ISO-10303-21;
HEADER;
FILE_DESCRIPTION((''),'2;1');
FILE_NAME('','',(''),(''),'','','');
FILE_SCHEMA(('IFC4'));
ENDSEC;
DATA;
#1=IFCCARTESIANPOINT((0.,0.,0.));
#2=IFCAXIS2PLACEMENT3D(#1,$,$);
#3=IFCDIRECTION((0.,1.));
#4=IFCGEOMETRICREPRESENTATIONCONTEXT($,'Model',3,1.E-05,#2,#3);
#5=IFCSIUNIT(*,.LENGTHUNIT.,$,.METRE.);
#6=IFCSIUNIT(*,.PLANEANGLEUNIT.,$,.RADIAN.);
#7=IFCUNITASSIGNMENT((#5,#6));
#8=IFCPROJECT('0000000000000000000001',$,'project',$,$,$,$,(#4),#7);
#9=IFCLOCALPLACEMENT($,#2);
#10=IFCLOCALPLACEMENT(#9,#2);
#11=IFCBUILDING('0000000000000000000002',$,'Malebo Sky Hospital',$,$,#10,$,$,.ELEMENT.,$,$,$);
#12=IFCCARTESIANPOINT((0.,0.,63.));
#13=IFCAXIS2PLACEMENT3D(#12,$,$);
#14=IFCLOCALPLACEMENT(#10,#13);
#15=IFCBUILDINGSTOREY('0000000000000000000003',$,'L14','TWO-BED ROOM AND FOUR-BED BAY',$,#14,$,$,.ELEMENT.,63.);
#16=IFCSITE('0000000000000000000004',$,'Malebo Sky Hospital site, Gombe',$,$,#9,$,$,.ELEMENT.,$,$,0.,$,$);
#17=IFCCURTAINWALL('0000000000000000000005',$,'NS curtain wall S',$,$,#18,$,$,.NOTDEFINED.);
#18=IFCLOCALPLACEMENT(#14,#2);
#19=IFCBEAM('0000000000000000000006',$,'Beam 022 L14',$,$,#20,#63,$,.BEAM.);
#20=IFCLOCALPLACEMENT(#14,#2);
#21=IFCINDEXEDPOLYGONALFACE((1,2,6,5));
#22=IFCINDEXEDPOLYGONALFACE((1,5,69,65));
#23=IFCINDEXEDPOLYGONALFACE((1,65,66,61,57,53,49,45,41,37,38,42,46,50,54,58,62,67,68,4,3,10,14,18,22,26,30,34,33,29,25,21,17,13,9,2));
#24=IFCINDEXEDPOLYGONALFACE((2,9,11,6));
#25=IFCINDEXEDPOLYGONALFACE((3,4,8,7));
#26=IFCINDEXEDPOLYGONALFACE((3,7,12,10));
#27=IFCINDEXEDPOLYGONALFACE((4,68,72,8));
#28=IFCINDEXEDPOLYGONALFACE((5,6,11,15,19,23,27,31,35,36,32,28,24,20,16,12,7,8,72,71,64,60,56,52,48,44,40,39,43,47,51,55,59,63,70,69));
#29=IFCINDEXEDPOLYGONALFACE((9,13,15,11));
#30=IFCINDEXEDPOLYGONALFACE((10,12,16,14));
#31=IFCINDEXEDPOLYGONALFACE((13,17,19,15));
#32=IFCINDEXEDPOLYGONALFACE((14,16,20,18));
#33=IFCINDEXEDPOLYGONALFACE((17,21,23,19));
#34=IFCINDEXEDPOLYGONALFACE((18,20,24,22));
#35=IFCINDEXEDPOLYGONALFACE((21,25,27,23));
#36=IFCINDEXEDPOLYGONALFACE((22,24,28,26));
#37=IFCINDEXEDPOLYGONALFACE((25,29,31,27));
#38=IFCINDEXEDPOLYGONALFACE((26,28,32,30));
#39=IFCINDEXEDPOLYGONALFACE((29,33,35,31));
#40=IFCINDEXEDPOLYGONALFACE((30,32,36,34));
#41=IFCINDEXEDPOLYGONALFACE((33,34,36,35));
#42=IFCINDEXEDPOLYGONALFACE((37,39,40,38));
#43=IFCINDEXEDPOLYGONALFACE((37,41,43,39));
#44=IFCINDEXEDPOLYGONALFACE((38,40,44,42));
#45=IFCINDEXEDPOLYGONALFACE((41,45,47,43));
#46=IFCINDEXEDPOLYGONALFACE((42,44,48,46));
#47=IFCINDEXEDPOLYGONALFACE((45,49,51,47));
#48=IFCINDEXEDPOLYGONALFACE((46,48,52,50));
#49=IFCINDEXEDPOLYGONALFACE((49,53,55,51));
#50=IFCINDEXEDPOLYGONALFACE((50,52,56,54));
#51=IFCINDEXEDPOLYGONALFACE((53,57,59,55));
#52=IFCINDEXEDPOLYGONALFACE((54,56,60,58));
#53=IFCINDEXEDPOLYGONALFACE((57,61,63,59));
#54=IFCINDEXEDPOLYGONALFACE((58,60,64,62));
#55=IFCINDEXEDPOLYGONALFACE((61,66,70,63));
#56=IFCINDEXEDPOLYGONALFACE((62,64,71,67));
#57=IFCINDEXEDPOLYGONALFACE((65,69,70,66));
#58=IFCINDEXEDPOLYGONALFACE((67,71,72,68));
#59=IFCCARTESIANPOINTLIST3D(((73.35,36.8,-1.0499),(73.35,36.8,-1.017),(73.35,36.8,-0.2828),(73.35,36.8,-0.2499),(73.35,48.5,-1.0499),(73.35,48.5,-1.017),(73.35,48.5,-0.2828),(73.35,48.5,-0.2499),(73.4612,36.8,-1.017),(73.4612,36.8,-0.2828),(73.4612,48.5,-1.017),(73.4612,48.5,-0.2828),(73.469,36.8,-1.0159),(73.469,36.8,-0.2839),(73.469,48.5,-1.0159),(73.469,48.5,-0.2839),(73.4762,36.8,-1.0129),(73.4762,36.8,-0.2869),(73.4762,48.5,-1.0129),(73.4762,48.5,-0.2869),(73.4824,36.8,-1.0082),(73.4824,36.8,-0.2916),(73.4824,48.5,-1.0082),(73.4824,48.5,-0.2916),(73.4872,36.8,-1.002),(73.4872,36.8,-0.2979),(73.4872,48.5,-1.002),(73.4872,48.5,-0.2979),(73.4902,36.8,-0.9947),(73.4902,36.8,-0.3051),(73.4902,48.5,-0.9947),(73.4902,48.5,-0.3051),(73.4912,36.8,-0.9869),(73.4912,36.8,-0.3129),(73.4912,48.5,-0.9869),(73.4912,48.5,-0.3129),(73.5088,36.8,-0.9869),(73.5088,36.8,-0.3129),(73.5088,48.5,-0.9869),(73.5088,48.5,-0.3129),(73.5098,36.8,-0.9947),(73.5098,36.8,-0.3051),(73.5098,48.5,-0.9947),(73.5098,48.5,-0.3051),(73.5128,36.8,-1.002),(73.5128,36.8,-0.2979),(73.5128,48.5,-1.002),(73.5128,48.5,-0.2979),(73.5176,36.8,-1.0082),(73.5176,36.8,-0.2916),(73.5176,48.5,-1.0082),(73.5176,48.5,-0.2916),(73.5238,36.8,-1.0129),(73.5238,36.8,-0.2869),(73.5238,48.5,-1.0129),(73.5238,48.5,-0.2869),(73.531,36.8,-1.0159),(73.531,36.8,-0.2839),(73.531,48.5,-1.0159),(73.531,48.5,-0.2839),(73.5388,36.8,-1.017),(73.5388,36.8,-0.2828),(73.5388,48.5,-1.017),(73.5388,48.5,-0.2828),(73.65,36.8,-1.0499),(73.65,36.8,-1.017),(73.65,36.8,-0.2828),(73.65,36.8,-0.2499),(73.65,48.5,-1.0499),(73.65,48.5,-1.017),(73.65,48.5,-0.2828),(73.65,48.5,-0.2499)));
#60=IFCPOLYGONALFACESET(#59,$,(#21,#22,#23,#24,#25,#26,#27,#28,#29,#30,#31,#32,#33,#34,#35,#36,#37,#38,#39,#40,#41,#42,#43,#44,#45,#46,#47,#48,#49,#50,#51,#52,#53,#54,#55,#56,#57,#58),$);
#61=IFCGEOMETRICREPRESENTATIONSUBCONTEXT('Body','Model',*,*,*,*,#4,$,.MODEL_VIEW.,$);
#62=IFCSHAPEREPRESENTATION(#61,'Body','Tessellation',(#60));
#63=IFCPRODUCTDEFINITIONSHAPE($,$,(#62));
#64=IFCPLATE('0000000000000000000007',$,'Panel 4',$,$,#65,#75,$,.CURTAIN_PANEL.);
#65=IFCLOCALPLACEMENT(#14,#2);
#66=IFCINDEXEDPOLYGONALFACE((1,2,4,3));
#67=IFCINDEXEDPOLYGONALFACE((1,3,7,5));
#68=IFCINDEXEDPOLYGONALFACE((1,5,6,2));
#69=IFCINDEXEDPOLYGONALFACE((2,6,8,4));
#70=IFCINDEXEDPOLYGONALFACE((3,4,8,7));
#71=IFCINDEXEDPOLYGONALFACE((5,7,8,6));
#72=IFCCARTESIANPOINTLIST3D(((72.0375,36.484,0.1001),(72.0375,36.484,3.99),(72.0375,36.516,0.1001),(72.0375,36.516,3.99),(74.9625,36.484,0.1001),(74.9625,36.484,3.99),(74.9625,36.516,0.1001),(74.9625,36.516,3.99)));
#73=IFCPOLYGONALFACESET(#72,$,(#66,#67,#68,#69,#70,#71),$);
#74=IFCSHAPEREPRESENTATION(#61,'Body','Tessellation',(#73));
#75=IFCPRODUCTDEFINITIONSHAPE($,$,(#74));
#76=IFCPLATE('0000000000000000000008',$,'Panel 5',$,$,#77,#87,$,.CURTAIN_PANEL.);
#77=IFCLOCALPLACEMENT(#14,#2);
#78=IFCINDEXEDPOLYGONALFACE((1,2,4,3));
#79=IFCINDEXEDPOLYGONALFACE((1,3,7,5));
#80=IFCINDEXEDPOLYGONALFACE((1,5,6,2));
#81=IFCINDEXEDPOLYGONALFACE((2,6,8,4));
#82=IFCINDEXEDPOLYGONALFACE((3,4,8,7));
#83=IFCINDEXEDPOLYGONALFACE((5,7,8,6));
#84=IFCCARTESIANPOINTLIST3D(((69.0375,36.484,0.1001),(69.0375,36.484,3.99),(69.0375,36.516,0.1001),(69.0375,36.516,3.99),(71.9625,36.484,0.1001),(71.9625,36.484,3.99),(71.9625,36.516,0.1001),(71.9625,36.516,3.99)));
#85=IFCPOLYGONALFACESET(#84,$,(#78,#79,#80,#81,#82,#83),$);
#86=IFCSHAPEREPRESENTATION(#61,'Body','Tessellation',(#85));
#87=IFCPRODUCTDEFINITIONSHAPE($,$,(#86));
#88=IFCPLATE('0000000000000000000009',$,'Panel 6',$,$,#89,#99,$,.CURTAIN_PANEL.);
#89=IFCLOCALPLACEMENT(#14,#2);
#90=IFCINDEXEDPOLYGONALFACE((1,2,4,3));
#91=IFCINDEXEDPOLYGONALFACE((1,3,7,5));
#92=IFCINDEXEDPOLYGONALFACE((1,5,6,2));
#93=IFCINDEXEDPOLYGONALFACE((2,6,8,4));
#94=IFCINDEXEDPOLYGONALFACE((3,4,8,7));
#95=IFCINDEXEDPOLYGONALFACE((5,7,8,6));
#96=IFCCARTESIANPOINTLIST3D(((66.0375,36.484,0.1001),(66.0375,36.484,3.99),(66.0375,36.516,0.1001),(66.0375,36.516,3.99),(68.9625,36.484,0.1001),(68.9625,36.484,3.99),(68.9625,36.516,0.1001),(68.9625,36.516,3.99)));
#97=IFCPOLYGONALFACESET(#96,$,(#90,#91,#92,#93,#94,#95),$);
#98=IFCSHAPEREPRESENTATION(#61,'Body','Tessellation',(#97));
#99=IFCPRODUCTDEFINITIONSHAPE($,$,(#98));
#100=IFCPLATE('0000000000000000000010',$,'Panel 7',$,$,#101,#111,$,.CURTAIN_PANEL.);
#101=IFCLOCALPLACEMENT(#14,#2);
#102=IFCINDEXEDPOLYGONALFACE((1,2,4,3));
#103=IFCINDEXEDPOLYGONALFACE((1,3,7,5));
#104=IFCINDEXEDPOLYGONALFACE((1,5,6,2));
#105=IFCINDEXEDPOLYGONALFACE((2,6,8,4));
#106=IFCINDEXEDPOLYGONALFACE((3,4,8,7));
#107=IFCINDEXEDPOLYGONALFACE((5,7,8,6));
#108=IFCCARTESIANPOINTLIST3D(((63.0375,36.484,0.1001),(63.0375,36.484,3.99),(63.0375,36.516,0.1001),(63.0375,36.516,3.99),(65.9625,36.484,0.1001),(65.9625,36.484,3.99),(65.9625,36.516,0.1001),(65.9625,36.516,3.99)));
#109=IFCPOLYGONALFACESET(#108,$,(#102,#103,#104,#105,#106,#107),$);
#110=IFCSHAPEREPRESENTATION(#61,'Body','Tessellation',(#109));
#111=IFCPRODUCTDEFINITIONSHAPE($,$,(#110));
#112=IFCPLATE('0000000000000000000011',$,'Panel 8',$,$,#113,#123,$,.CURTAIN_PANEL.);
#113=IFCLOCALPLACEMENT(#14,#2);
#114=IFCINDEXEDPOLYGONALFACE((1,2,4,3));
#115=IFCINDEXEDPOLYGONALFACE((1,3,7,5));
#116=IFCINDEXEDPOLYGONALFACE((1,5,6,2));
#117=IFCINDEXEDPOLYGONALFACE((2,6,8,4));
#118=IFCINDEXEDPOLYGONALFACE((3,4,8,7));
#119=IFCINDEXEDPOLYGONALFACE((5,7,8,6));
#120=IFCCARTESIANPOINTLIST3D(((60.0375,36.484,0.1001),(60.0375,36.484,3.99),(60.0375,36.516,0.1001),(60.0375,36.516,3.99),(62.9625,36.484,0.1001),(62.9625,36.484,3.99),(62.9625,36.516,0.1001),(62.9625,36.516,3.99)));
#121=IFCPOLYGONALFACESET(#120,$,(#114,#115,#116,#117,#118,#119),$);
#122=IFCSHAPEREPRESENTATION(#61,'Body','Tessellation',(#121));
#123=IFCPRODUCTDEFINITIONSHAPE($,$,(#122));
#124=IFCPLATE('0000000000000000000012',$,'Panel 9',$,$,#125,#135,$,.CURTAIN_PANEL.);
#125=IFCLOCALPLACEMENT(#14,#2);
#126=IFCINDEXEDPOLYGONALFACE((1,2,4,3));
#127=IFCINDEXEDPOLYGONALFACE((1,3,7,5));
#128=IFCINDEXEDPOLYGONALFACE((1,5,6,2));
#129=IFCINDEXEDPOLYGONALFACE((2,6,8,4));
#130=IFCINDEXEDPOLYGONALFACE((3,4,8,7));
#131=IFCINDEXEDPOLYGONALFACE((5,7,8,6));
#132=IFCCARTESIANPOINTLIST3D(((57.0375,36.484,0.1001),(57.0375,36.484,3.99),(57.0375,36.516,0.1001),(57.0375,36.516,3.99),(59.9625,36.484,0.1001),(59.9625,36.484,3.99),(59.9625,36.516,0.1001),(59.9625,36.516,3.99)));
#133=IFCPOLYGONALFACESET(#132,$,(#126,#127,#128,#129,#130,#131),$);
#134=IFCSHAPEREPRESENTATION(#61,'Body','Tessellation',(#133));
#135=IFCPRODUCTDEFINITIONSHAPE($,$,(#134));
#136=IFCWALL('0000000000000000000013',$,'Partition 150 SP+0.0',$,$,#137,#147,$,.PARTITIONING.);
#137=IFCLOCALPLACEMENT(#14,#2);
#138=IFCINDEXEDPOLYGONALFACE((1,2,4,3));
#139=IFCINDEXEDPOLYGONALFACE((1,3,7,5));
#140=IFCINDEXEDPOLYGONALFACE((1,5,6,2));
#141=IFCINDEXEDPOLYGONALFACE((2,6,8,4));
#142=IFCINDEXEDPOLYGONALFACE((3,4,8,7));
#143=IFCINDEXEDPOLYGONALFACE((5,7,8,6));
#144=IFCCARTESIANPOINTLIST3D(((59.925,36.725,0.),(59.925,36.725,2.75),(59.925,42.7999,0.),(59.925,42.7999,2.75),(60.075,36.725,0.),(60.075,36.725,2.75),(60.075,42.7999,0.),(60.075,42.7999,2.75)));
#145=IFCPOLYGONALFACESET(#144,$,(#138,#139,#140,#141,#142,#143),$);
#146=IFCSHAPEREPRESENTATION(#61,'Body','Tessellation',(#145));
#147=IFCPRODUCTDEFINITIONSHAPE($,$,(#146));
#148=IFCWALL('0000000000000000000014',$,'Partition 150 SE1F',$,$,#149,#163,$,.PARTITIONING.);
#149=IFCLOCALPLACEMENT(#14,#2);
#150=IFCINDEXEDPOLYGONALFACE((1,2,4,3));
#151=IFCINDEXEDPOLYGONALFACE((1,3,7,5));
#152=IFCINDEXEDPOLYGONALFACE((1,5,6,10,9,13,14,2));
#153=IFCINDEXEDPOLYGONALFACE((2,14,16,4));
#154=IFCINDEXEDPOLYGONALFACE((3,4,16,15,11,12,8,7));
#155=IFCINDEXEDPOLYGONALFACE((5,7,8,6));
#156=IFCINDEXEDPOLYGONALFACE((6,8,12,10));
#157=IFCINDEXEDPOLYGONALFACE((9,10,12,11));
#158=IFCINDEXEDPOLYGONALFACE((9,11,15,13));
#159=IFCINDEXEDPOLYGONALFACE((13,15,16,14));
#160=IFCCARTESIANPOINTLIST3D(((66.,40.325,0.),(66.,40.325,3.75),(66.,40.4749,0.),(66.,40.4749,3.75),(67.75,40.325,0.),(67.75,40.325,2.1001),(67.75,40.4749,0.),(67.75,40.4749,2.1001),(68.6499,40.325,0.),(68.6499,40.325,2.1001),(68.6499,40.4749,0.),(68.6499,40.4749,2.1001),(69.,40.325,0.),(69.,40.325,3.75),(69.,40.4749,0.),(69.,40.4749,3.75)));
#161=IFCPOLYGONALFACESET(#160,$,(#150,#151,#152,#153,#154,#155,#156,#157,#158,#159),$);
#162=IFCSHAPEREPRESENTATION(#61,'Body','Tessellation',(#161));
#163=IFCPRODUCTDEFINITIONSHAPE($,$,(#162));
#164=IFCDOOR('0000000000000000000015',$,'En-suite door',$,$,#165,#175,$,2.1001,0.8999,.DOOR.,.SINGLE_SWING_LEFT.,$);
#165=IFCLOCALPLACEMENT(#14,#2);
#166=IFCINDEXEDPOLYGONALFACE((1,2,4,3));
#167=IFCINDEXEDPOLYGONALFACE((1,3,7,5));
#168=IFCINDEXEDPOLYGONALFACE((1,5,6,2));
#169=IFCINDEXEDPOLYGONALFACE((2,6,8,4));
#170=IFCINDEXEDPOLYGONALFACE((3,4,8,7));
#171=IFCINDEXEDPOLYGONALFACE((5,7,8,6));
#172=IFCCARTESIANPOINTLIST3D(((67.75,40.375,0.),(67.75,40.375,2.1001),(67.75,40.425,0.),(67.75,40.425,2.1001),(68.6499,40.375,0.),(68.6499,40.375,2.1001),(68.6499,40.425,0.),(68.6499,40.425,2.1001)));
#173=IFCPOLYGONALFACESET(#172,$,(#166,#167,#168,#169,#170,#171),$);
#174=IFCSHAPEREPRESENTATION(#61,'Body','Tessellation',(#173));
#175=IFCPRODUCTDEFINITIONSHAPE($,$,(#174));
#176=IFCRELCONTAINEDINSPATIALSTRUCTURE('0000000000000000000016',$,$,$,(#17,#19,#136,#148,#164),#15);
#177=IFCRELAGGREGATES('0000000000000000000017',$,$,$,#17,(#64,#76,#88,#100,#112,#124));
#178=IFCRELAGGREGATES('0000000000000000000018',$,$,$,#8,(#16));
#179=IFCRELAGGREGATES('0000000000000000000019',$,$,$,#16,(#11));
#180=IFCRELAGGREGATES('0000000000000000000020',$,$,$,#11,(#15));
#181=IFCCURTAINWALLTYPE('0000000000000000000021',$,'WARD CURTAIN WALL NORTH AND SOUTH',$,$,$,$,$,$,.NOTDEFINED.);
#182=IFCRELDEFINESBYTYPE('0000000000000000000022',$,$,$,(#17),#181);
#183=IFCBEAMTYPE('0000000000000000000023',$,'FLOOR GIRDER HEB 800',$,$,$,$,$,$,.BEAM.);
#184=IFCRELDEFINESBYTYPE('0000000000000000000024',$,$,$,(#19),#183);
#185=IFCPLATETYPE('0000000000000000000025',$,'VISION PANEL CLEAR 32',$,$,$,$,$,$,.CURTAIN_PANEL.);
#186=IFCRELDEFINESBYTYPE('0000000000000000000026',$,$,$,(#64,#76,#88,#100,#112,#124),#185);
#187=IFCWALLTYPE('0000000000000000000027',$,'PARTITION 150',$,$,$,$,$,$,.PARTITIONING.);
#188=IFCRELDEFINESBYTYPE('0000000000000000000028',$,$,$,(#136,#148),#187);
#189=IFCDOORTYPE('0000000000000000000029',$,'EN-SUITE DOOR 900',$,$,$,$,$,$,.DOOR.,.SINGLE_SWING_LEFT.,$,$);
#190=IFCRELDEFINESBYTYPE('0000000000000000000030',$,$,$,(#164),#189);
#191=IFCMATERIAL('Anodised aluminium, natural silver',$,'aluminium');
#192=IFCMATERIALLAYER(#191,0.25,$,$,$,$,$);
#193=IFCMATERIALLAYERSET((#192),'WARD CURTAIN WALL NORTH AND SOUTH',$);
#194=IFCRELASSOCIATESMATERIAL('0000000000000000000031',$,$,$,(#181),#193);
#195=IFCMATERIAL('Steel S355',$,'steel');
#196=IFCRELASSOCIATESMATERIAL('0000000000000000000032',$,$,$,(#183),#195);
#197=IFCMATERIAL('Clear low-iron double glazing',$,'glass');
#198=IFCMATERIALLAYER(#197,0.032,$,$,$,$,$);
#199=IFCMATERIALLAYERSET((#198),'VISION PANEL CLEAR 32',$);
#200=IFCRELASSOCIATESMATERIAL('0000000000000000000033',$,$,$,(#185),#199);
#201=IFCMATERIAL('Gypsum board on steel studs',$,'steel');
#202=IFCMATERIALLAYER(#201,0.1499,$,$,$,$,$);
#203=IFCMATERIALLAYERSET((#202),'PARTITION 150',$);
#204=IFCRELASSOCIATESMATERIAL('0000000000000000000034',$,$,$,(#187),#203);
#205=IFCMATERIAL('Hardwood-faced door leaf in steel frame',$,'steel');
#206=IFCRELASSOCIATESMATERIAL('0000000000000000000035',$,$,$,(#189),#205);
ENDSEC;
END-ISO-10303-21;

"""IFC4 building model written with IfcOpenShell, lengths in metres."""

from ifc_helpers import new_model, si_unit, direction, frame, frame_2d, origin, origin_2d, place, context, subcontext, project, spatial, rectangle, i_section, extrude, material, layer, layer_set, material_profile, profile_set, type_object, element, fill, aggregate, save


model = new_model("IFC4")

# Units and contexts
model_context = context("Model", 3, precision=1e-05, world=origin(), true_north=direction((0.0, 1.0)))
body_context = subcontext(model_context, "Body", "Model", "MODEL_VIEW")
ifc_project = project(units=[si_unit("LENGTHUNIT", "METRE"), si_unit("PLANEANGLEUNIT", "RADIAN")], contexts=[model_context])

# Site, building, storey
site_placement = place(None, origin())
site = spatial("IfcSite", under=ifc_project, at=site_placement, Name="Malebo Sky Hospital site, Gombe", CompositionType="ELEMENT", RefElevation=0.0)
building_placement = place(site_placement, origin())
building = spatial("IfcBuilding", under=site, at=building_placement, Name="Malebo Sky Hospital", CompositionType="ELEMENT")
storey_placement = place(building_placement, frame((0.0, 0.0, 63.0)))
storey = spatial("IfcBuildingStorey", under=building, at=storey_placement, Name="L14", Description="TWO-BED ROOM AND FOUR-BED BAY", CompositionType="ELEMENT", Elevation=63.0)

# Curtain wall
ifc_material_1 = material(Name="Anodised aluminium, natural silver", Category="aluminium")
ifc_layer_1 = layer(ifc_material_1, 0.25)
ifc_layer_set_1 = layer_set([ifc_layer_1], Name="WARD CURTAIN WALL NORTH AND SOUTH")
curtain_wall_type = type_object("IfcCurtainWallType", Name="WARD CURTAIN WALL NORTH AND SOUTH", PredefinedType="NOTDEFINED", material=ifc_layer_set_1)
curtain_wall_placement = place(storey_placement, origin())
curtain_wall = element("IfcCurtainWall", 1, at=curtain_wall_placement, inside=storey, type_object=curtain_wall_type, Name="NS curtain wall S", PredefinedType="NOTDEFINED")

# Beam
ifc_material_2 = material(Name="Steel S355", Category="steel")
ifc_material_profile_1 = material_profile(ifc_material_2, i_section(OverallWidth=0.3, OverallDepth=0.8, WebThickness=0.0176, FlangeThickness=0.033, FilletRadius=0.03, at=origin_2d()), Name="HEB 800")
ifc_profile_set_1 = profile_set([ifc_material_profile_1], Name="Steel S355")
beam_type_1 = type_object("IfcBeamType", Name="FLOOR GIRDER HEB 800", PredefinedType="BEAM", material=ifc_profile_set_1)
beam_1_placement = place(storey_placement, frame((73.5, 36.8, -0.6499), z_axis=(0.0, 1.0, 0.0), x_axis=(-1.0, 0.0, 0.0)))
element("IfcBeam", 2, at=beam_1_placement, inside=storey, type_object=beam_type_1, Name="Beam 022 L14", PredefinedType="BEAM", context=body_context, shape_type="SweptSolid", body=[
    extrude(i_section(OverallWidth=0.3, OverallDepth=0.8, WebThickness=0.0176, FlangeThickness=0.033, FilletRadius=0.03, at=origin_2d()), origin(), (0.0, 0.0, 1.0), 11.7),
])

# Plates
ifc_material_3 = material(Name="Clear low-iron double glazing", Category="glass")
ifc_layer_2 = layer(ifc_material_3, 0.032)
ifc_layer_set_2 = layer_set([ifc_layer_2], Name="VISION PANEL CLEAR 32")
plate_type = type_object("IfcPlateType", Name="VISION PANEL CLEAR 32", PredefinedType="CURTAIN_PANEL", material=ifc_layer_set_2)
plate_1_placement = place(storey_placement, frame((73.5, 36.5, 0.1001), z_axis=(0.0, 0.0, 1.0), x_axis=(-1.0, 0.0, 0.0)))
plate_1 = element("IfcPlate", 3, at=plate_1_placement, type_object=plate_type, Name="Panel 4", PredefinedType="CURTAIN_PANEL", context=body_context, shape_type="SweptSolid", body=[
    extrude(rectangle(XDim=2.925, YDim=0.032, at=origin_2d()), origin(), (0.0, 0.0, 1.0), 3.8899),
])
plate_2_placement = place(storey_placement, frame((70.5, 36.5, 0.1001), z_axis=(0.0, 0.0, 1.0), x_axis=(-1.0, 0.0, 0.0)))
plate_2 = element("IfcPlate", 4, at=plate_2_placement, type_object=plate_type, Name="Panel 5", PredefinedType="CURTAIN_PANEL", context=body_context, shape_type="SweptSolid", body=[
    extrude(rectangle(XDim=2.925, YDim=0.032, at=origin_2d()), origin(), (0.0, 0.0, 1.0), 3.8899),
])
plate_3_placement = place(storey_placement, frame((67.5, 36.5, 0.1001), z_axis=(0.0, 0.0, 1.0), x_axis=(-1.0, 0.0, 0.0)))
plate_3 = element("IfcPlate", 5, at=plate_3_placement, type_object=plate_type, Name="Panel 6", PredefinedType="CURTAIN_PANEL", context=body_context, shape_type="SweptSolid", body=[
    extrude(rectangle(XDim=2.925, YDim=0.032, at=origin_2d()), origin(), (0.0, 0.0, 1.0), 3.8899),
])
plate_4_placement = place(storey_placement, frame((64.5, 36.5, 0.1001), z_axis=(0.0, 0.0, 1.0), x_axis=(-1.0, 0.0, 0.0)))
plate_4 = element("IfcPlate", 6, at=plate_4_placement, type_object=plate_type, Name="Panel 7", PredefinedType="CURTAIN_PANEL", context=body_context, shape_type="SweptSolid", body=[
    extrude(rectangle(XDim=2.925, YDim=0.032, at=origin_2d()), origin(), (0.0, 0.0, 1.0), 3.8899),
])
plate_5_placement = place(storey_placement, frame((61.5, 36.5, 0.1001), z_axis=(0.0, 0.0, 1.0), x_axis=(-1.0, 0.0, 0.0)))
plate_5 = element("IfcPlate", 7, at=plate_5_placement, type_object=plate_type, Name="Panel 8", PredefinedType="CURTAIN_PANEL", context=body_context, shape_type="SweptSolid", body=[
    extrude(rectangle(XDim=2.925, YDim=0.032, at=origin_2d()), origin(), (0.0, 0.0, 1.0), 3.8899),
])
plate_6_placement = place(storey_placement, frame((58.5, 36.5, 0.1001), z_axis=(0.0, 0.0, 1.0), x_axis=(-1.0, 0.0, 0.0)))
plate_6 = element("IfcPlate", 8, at=plate_6_placement, type_object=plate_type, Name="Panel 9", PredefinedType="CURTAIN_PANEL", context=body_context, shape_type="SweptSolid", body=[
    extrude(rectangle(XDim=2.925, YDim=0.032, at=origin_2d()), origin(), (0.0, 0.0, 1.0), 3.8899),
])
aggregate(curtain_wall, [plate_1, plate_2, plate_3, plate_4, plate_5, plate_6])

# Wall
ifc_material_4 = material(Name="Gypsum board on steel studs", Category="steel")
ifc_layer_3 = layer(ifc_material_4, 0.1499)
ifc_layer_set_3 = layer_set([ifc_layer_3], Name="PARTITION 150")
wall_type = type_object("IfcWallType", Name="PARTITION 150", PredefinedType="PARTITIONING", material=ifc_layer_set_3)
wall_1_placement = place(storey_placement, frame((60.0, 42.8, 0.0), z_axis=(0.0, 0.0, 1.0), x_axis=(0.0, -1.0, 0.0)))
element("IfcWall", 9, at=wall_1_placement, inside=storey, type_object=wall_type, Name="Partition 150 SP+0.0", PredefinedType="PARTITIONING", context=body_context, shape_type="SweptSolid", body=[
    extrude(rectangle(XDim=6.075, YDim=0.1499, at=frame_2d((3.0376, 0.0))), origin(), (0.0, 0.0, 1.0), 2.75),
])

# Wall, opening, door
wall_2_placement = place(storey_placement, frame((69.0, 40.3999, 0.0), z_axis=(0.0, 0.0, 1.0), x_axis=(-1.0, 0.0, 0.0)))
wall_2 = element("IfcWall", 10, at=wall_2_placement, inside=storey, type_object=wall_type, Name="Partition 150 SE1F", PredefinedType="PARTITIONING", context=body_context, shape_type="SweptSolid", body=[
    extrude(rectangle(XDim=3.0, YDim=0.1499, at=frame_2d((1.5, 0.0))), origin(), (0.0, 0.0, 1.0), 3.75),
])
opening_1_placement = place(wall_2_placement, frame((0.3501, 0.0, 0.0)))
opening_1 = element("IfcOpeningElement", 11, at=opening_1_placement, cuts=wall_2, PredefinedType="OPENING", context=body_context, shape_type="SweptSolid", body=[
    extrude(rectangle(XDim=0.8999, YDim=2.1001, at=frame_2d((0.45, 1.05))), frame((0.0, 0.085, 0.0), z_axis=(0.0, -1.0, 0.0), x_axis=(1.0, 0.0, 0.0)), (0.0, 0.0, 1.0), 0.1699),
])
ifc_material_5 = material(Name="Hardwood-faced door leaf in steel frame", Category="steel")
door_type = type_object("IfcDoorType", Name="EN-SUITE DOOR 900", OperationType="SINGLE_SWING_LEFT", PredefinedType="DOOR", material=ifc_material_5)
door_1_placement = place(opening_1_placement, origin())
door_1 = element("IfcDoor", 12, at=door_1_placement, inside=storey, type_object=door_type, Name="En-suite door", OperationType="SINGLE_SWING_LEFT", OverallHeight=2.1001, OverallWidth=0.8999, PredefinedType="DOOR", context=body_context, shape_type="SweptSolid", body=[
    extrude(rectangle(XDim=0.8999, YDim=2.1001, at=frame_2d((0.45, 1.05))), frame((0.0, 0.0249, 0.0), z_axis=(0.0, -1.0, 0.0), x_axis=(1.0, 0.0, 0.0)), (0.0, 0.0, 1.0), 0.05),
])
fill(opening_1, door_1)

save(model, "model.ifc")
